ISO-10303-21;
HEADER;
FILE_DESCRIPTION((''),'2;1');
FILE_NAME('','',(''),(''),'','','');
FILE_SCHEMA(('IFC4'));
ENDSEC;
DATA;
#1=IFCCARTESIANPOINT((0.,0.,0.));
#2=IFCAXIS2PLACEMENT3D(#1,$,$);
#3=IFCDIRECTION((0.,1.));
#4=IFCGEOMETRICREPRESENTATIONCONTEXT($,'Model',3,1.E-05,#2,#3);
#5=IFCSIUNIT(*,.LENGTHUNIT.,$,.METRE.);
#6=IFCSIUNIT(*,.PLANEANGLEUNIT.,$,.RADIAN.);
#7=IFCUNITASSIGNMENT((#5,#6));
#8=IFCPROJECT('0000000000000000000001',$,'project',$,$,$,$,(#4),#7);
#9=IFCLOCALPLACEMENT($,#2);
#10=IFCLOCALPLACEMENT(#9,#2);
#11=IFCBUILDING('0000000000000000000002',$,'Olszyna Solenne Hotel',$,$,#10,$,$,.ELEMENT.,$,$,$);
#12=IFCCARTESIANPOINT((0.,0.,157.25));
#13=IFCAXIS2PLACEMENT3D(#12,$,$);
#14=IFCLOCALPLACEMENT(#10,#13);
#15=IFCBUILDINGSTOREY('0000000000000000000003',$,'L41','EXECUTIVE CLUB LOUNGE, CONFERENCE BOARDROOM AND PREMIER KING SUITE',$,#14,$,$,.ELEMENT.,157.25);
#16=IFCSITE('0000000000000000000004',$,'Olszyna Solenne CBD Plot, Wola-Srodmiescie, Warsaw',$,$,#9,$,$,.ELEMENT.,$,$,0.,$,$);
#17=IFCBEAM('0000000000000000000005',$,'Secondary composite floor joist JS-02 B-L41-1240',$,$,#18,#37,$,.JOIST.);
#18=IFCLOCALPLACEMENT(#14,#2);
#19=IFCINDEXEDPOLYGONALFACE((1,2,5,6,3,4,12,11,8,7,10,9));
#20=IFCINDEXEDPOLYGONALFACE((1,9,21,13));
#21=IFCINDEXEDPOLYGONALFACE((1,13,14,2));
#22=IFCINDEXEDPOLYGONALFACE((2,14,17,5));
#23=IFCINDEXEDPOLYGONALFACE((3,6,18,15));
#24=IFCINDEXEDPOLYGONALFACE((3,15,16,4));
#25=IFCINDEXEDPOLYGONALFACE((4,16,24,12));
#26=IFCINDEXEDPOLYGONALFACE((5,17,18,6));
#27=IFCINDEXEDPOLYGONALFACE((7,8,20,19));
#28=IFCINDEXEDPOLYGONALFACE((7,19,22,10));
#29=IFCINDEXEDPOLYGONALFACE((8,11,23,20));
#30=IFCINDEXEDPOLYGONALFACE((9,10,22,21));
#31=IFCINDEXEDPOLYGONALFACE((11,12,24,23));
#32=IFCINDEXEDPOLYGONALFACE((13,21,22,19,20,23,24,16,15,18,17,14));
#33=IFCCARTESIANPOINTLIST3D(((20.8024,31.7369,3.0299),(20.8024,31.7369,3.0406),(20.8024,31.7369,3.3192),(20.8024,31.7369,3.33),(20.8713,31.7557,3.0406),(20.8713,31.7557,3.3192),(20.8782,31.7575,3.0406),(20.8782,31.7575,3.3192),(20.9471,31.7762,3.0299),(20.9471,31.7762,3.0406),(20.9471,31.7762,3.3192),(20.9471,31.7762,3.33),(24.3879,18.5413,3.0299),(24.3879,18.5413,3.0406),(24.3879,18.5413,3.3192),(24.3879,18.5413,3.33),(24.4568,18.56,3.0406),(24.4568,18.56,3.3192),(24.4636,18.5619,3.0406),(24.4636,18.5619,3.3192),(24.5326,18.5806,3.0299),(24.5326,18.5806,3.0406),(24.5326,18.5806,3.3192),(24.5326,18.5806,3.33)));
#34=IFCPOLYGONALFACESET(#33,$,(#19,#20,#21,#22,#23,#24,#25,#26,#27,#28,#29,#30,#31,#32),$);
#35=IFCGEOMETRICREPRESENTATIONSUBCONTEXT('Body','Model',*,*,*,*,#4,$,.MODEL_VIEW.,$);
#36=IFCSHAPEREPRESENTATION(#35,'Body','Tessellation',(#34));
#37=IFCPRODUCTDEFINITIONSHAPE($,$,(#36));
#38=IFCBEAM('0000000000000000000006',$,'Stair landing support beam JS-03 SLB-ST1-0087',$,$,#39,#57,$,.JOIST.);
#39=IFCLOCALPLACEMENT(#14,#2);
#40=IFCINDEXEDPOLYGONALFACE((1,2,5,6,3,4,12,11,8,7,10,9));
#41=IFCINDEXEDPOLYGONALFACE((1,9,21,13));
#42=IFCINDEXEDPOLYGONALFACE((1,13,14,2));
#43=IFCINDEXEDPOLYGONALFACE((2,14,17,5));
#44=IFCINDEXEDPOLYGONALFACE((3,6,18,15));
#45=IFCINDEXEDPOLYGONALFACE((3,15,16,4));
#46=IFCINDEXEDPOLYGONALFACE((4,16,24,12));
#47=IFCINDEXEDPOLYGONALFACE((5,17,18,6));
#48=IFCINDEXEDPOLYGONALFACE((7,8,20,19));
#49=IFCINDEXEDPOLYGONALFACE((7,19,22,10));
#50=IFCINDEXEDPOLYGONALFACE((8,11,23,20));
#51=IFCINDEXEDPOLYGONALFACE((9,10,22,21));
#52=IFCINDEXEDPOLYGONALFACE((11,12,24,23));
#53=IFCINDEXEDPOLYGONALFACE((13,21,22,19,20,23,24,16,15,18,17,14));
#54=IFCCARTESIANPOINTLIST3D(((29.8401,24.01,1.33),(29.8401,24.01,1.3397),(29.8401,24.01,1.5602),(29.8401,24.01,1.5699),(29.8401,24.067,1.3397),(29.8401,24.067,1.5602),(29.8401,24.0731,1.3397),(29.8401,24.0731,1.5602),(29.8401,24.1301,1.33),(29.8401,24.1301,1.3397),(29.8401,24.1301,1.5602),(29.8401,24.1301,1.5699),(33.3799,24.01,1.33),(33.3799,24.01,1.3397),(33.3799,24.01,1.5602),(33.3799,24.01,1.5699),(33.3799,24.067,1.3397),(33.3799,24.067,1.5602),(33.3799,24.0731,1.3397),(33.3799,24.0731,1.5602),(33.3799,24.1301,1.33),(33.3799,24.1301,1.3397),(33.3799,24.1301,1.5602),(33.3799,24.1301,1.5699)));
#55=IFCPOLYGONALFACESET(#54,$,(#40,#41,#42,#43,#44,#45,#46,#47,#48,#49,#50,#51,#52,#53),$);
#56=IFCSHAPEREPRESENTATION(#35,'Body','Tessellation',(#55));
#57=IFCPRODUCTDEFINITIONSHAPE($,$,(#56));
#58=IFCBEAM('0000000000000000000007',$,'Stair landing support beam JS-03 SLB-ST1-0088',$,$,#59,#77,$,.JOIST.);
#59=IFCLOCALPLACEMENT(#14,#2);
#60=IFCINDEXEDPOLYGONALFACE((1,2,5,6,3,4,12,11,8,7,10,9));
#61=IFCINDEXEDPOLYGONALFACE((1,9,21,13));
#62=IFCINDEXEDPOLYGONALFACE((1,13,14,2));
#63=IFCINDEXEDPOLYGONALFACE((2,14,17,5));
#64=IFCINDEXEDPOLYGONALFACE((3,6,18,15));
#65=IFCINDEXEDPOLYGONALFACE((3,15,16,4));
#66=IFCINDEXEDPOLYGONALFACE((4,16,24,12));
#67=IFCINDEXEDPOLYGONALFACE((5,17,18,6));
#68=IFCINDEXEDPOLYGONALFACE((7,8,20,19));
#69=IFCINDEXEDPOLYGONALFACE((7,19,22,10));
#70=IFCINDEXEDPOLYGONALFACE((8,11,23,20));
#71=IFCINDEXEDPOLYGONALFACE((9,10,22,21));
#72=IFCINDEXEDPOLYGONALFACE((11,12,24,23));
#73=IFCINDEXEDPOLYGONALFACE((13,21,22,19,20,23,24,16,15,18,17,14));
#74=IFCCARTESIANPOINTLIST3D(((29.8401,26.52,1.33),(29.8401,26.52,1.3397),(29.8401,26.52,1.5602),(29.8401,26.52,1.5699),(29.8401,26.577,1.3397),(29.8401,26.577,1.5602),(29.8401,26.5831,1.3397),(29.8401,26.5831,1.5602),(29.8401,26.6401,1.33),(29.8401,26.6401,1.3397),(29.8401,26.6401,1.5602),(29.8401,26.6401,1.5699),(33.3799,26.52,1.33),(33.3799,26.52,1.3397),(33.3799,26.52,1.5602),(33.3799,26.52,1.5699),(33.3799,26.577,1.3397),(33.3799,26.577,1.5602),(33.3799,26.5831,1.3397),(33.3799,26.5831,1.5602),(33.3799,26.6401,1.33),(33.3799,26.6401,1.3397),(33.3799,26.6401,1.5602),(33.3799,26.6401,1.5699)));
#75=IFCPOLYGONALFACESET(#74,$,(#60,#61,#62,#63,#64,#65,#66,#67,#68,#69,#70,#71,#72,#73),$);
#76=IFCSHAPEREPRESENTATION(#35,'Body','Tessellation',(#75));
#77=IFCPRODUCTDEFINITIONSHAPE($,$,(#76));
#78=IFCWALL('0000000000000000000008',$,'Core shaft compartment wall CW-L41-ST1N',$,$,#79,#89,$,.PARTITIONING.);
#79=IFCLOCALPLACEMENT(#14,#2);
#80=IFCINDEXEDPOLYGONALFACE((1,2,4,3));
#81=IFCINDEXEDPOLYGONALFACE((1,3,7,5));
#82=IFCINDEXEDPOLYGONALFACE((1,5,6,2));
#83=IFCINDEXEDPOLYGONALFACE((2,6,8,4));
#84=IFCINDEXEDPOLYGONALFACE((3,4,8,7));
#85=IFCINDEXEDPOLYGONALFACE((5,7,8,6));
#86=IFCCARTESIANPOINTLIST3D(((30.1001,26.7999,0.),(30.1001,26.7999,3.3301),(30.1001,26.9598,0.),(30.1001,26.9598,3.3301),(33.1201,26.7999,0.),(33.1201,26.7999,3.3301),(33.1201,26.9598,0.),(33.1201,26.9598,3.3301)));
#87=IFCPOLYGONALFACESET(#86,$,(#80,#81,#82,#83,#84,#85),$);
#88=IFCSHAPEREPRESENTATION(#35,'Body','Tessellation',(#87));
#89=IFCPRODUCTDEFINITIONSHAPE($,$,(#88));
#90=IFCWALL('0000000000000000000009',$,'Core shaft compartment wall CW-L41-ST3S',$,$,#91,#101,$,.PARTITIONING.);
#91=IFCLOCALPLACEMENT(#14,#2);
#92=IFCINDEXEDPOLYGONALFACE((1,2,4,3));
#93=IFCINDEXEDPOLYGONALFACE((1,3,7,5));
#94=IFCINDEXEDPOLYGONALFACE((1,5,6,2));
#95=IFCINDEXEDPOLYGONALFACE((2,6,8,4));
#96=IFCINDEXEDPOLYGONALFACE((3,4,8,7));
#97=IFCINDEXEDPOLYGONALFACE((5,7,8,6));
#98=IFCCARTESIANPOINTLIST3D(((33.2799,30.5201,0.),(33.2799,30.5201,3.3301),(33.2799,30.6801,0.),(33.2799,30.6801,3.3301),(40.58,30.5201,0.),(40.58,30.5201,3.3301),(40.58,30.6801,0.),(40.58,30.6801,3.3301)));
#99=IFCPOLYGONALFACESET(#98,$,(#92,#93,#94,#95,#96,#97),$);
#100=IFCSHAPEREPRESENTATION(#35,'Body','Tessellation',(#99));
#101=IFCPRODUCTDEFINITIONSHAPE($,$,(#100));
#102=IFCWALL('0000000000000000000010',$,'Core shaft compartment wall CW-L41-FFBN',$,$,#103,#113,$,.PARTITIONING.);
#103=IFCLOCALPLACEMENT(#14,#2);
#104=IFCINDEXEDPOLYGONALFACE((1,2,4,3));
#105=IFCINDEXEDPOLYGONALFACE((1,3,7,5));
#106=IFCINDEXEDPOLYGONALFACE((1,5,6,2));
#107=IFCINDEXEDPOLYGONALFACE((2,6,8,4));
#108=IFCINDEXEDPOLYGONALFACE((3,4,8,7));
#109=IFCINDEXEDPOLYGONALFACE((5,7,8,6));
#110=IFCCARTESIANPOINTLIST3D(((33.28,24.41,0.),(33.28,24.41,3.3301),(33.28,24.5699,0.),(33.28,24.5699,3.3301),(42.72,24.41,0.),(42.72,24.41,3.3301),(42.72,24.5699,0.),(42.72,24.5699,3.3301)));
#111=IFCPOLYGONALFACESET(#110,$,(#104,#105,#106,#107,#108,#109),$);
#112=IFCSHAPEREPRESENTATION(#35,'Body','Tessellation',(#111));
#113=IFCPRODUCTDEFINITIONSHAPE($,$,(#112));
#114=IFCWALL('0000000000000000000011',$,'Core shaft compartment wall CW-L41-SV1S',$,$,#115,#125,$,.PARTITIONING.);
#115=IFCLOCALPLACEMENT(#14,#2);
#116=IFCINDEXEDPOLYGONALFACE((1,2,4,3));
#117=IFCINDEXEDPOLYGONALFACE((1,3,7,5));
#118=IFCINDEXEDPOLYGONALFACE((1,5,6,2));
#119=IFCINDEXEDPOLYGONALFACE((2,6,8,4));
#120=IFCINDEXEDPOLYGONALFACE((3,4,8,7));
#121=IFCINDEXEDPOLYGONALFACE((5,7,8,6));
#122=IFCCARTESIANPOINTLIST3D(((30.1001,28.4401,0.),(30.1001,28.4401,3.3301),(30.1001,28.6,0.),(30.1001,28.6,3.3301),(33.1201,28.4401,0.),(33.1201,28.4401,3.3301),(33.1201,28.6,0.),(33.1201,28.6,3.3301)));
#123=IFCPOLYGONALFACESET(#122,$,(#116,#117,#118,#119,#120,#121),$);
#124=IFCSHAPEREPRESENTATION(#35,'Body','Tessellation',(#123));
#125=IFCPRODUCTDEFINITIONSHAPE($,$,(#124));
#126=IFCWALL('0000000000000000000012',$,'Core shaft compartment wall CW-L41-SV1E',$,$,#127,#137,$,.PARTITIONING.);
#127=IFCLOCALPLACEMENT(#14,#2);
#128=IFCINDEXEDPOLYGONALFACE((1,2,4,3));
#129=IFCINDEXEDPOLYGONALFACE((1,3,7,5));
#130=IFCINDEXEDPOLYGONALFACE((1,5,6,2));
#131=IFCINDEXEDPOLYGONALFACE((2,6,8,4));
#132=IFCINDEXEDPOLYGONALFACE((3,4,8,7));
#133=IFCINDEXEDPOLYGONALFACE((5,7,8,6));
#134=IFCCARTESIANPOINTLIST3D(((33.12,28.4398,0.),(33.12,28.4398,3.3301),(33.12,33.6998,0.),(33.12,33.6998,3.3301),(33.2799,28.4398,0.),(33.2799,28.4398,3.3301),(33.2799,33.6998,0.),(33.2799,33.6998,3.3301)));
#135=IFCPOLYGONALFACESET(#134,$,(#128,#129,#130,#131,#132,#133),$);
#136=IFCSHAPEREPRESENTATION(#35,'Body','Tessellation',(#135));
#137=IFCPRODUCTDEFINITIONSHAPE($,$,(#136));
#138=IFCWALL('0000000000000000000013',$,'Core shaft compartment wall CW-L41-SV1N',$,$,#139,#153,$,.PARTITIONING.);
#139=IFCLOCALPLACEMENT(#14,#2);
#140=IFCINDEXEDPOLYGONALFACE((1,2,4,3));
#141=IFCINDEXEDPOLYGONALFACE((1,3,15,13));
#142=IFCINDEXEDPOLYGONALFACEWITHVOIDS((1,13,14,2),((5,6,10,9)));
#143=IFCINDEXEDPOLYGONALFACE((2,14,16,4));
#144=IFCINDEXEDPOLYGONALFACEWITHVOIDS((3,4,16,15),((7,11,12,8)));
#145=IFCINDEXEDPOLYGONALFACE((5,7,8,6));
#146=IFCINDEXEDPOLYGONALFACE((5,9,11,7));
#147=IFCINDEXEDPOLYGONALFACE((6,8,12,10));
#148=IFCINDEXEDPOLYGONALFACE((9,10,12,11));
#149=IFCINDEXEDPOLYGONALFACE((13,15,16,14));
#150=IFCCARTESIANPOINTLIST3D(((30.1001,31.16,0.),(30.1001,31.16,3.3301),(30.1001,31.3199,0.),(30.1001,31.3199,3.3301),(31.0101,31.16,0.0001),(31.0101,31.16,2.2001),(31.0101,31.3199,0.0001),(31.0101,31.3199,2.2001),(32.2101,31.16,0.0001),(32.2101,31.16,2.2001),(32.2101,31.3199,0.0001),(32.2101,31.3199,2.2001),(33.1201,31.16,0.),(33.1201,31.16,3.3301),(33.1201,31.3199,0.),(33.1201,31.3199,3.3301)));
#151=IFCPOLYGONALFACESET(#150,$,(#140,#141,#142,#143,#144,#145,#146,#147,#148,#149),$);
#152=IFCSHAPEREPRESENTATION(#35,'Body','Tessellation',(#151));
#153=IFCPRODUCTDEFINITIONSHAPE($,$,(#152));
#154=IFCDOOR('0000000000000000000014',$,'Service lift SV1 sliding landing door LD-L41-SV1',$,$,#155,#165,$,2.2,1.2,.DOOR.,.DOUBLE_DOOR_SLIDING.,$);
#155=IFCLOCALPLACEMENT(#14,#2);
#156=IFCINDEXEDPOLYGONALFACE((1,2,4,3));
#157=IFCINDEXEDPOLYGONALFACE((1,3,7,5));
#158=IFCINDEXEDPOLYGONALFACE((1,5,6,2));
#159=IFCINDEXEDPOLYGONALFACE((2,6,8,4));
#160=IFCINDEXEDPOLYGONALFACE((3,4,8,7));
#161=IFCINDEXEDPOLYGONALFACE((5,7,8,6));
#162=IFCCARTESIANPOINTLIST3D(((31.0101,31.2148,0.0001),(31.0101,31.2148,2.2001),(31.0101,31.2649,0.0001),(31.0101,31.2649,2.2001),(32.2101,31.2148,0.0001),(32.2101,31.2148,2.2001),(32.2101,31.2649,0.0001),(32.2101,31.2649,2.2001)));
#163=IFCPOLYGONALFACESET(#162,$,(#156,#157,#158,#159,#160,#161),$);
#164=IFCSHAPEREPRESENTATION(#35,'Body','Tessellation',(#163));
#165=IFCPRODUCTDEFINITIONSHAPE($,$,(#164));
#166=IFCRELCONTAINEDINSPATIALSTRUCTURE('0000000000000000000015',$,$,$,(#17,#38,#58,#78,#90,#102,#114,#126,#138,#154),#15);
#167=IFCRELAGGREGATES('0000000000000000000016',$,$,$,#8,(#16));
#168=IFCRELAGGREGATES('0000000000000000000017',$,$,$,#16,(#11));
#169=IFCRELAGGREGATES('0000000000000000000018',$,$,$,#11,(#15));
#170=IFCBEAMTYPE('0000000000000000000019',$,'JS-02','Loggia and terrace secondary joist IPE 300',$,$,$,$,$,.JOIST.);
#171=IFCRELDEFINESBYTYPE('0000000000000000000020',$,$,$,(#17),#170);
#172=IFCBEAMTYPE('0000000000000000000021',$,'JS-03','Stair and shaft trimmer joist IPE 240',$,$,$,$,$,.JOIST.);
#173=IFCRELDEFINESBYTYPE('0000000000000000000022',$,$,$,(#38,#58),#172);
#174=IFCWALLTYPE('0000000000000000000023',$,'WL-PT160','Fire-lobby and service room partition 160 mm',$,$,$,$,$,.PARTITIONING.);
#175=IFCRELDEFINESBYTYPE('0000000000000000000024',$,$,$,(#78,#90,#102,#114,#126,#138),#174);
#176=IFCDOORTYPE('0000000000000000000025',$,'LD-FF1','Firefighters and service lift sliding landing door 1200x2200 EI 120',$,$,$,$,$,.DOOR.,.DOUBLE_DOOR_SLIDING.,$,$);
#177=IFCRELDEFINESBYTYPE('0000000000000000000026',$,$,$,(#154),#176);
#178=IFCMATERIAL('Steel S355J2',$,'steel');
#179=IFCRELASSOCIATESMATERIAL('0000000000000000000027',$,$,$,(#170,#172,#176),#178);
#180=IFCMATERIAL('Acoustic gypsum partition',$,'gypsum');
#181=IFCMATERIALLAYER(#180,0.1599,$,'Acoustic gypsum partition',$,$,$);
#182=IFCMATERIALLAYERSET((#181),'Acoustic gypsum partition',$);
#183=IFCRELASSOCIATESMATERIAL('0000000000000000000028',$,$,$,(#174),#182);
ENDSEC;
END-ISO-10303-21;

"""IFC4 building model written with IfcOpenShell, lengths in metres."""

from ifc_helpers import new_model, si_unit, direction, frame, frame_2d, origin, origin_2d, place, context, subcontext, project, spatial, rectangle, i_section, extrude, source, transform, mapped, material, layer, layer_set, material_profile, profile_set, type_object, type_shapes, element, fill, save


model = new_model("IFC4")

# Units and contexts
model_context = context("Model", 3, precision=1e-05, world=origin(), true_north=direction((0.0, 1.0)))
body_context = subcontext(model_context, "Body", "Model", "MODEL_VIEW")
ifc_project = project(units=[si_unit("LENGTHUNIT", "METRE"), si_unit("PLANEANGLEUNIT", "RADIAN")], contexts=[model_context])

# Site, building, storey
site_placement = place(None, origin())
site = spatial("IfcSite", under=ifc_project, at=site_placement, Name="Olszyna Solenne CBD Plot, Wola-Srodmiescie, Warsaw", CompositionType="ELEMENT", RefElevation=0.0)
building_placement = place(site_placement, origin())
building = spatial("IfcBuilding", under=site, at=building_placement, Name="Olszyna Solenne Hotel", CompositionType="ELEMENT")
storey_placement = place(building_placement, frame((0.0, 0.0, 157.25)))
storey = spatial("IfcBuildingStorey", under=building, at=storey_placement, Name="L41", Description="EXECUTIVE CLUB LOUNGE, CONFERENCE BOARDROOM AND PREMIER KING SUITE", CompositionType="ELEMENT", Elevation=157.25)

# Beams
ifc_material_1 = material(Name="Steel S355J2", Category="steel")
ifc_material_profile_1 = material_profile(ifc_material_1, i_section(OverallWidth=0.1499, OverallDepth=0.3, WebThickness=0.0071, FlangeThickness=0.0107, at=origin_2d()), Name="IPE 300", Category="load-bearing")
ifc_profile_set_1 = profile_set([ifc_material_profile_1], Name="Steel S355J2")
beam_type_1 = type_object("IfcBeamType", Name="JS-02", Description="Loggia and terrace secondary joist IPE 300", PredefinedType="JOIST", material=ifc_profile_set_1)
shared_shape_1 = source(origin(), body_context, "Body", "SweptSolid", [
    extrude(i_section(OverallWidth=0.1499, OverallDepth=0.3, WebThickness=0.0071, FlangeThickness=0.0107, at=origin_2d()), origin(), (0.0, 0.0, 1.0), 13.6741),
])
beam_placement = place(storey_placement, frame((20.8748, 31.7566, 3.1799), z_axis=(0.262209, -0.965011, 0.0), x_axis=(0.965011, 0.262209, 0.0)))
element("IfcBeam", 1, at=beam_placement, inside=storey, type_object=beam_type_1, Name="Secondary composite floor joist JS-02 B-L41-1240", PredefinedType="JOIST", context=body_context, shape_type="MappedRepresentation", body=[
    mapped(shared_shape_1, transform((0.0, 0.0, 0.0), x_axis=(1.0, 0.0, 0.0), y_axis=(0.0, 1.0, 0.0), z_axis=(0.0, 0.0, 1.0), scale=1.0)),
])
ifc_material_profile_2 = material_profile(ifc_material_1, i_section(OverallWidth=0.1201, OverallDepth=0.24, WebThickness=0.0061, FlangeThickness=0.0098, at=origin_2d()), Name="IPE 240", Category="load-bearing")
ifc_profile_set_2 = profile_set([ifc_material_profile_2], Name="Steel S355J2")
beam_type_2 = type_object("IfcBeamType", Name="JS-03", Description="Stair and shaft trimmer joist IPE 240", PredefinedType="JOIST", material=ifc_profile_set_2)
shared_shape_2 = source(origin(), body_context, "Body", "SweptSolid", [
    extrude(i_section(OverallWidth=0.1201, OverallDepth=0.24, WebThickness=0.0061, FlangeThickness=0.0098, at=origin_2d()), origin(), (0.0, 0.0, 1.0), 3.5398),
])
for number, where, z_axis, x_axis, name in (
    (2, (33.3799, 24.0701, 1.45), (-1.0, 0.0, 0.0), (0.0, -1.0, 0.0), "Stair landing support beam JS-03 SLB-ST1-0087"),
    (3, (33.3799, 26.5801, 1.45), (-1.0, 0.0, 0.0), (0.0, -1.0, 0.0), "Stair landing support beam JS-03 SLB-ST1-0088"),
):
    element("IfcBeam", number, at=place(storey_placement, frame(where, z_axis=z_axis, x_axis=x_axis)), inside=storey, type_object=beam_type_2, Name=name, PredefinedType="JOIST", context=body_context, shape_type="MappedRepresentation", body=[
        mapped(shared_shape_2, transform((0.0, 0.0, 0.0), x_axis=(1.0, 0.0, 0.0), y_axis=(0.0, 1.0, 0.0), z_axis=(0.0, 0.0, 1.0), scale=1.0)),
    ])

# Walls
ifc_material_2 = material(Name="Acoustic gypsum partition", Category="gypsum")
ifc_layer = layer(ifc_material_2, 0.1599, Name="Acoustic gypsum partition")
ifc_layer_set = layer_set([ifc_layer], Name="Acoustic gypsum partition")
wall_type = type_object("IfcWallType", Name="WL-PT160", Description="Fire-lobby and service room partition 160 mm", PredefinedType="PARTITIONING", material=ifc_layer_set)
wall_1_placement = place(storey_placement, frame((30.1001, 26.8799, 0.0), z_axis=(0.0, 0.0, 1.0), x_axis=(1.0, 0.0, 0.0)))
element("IfcWall", 4, at=wall_1_placement, inside=storey, type_object=wall_type, Name="Core shaft compartment wall CW-L41-ST1N", PredefinedType="PARTITIONING", context=body_context, shape_type="SweptSolid", body=[
    extrude(rectangle(XDim=3.02, YDim=0.1599, at=frame_2d((1.51, 0.0))), origin(), (0.0, 0.0, 1.0), 3.3301),
])
wall_2_placement = place(storey_placement, frame((33.28, 30.6001, 0.0), z_axis=(0.0, 0.0, 1.0), x_axis=(1.0, 0.0, 0.0)))
element("IfcWall", 5, at=wall_2_placement, inside=storey, type_object=wall_type, Name="Core shaft compartment wall CW-L41-ST3S", PredefinedType="PARTITIONING", context=body_context, shape_type="SweptSolid", body=[
    extrude(rectangle(XDim=7.3, YDim=0.1599, at=frame_2d((3.6499, 0.0))), origin(), (0.0, 0.0, 1.0), 3.3301),
])
wall_3_placement = place(storey_placement, frame((33.28, 24.49, 0.0), z_axis=(0.0, 0.0, 1.0), x_axis=(1.0, 0.0, 0.0)))
element("IfcWall", 6, at=wall_3_placement, inside=storey, type_object=wall_type, Name="Core shaft compartment wall CW-L41-FFBN", PredefinedType="PARTITIONING", context=body_context, shape_type="SweptSolid", body=[
    extrude(rectangle(XDim=9.4399, YDim=0.1599, at=frame_2d((4.72, 0.0))), origin(), (0.0, 0.0, 1.0), 3.3301),
])
wall_4_placement = place(storey_placement, frame((30.1001, 28.52, 0.0), z_axis=(0.0, 0.0, 1.0), x_axis=(1.0, 0.0, 0.0)))
element("IfcWall", 7, at=wall_4_placement, inside=storey, type_object=wall_type, Name="Core shaft compartment wall CW-L41-SV1S", PredefinedType="PARTITIONING", context=body_context, shape_type="SweptSolid", body=[
    extrude(rectangle(XDim=3.02, YDim=0.1599, at=frame_2d((1.51, 0.0))), origin(), (0.0, 0.0, 1.0), 3.3301),
])
wall_5_placement = place(storey_placement, frame((33.2, 28.4399, 0.0), z_axis=(0.0, 0.0, 1.0), x_axis=(0.0, 1.0, 0.0)))
element("IfcWall", 8, at=wall_5_placement, inside=storey, type_object=wall_type, Name="Core shaft compartment wall CW-L41-SV1E", PredefinedType="PARTITIONING", context=body_context, shape_type="SweptSolid", body=[
    extrude(rectangle(XDim=5.26, YDim=0.1599, at=frame_2d((2.6299, 0.0))), origin(), (0.0, 0.0, 1.0), 3.3301),
])

# Wall, opening, door
wall_6_placement = place(storey_placement, frame((30.1001, 31.24, 0.0), z_axis=(0.0, 0.0, 1.0), x_axis=(1.0, 0.0, 0.0)))
wall_6 = element("IfcWall", 9, at=wall_6_placement, inside=storey, type_object=wall_type, Name="Core shaft compartment wall CW-L41-SV1N", PredefinedType="PARTITIONING", context=body_context, shape_type="SweptSolid", body=[
    extrude(rectangle(XDim=3.02, YDim=0.1599, at=frame_2d((1.51, 0.0))), origin(), (0.0, 0.0, 1.0), 3.3301),
])
opening_1_placement = place(wall_6_placement, frame((0.9099, 0.0, 0.0)))
opening_1 = element("IfcOpeningElement", 10, at=opening_1_placement, cuts=wall_6, PredefinedType="OPENING", context=body_context, shape_type="SweptSolid", body=[
    extrude(rectangle(XDim=1.2, YDim=2.2, at=frame_2d((0.6001, 1.1001))), frame((0.0, 0.0898, 0.0), z_axis=(0.0, -1.0, 0.0), x_axis=(1.0, 0.0, 0.0)), (0.0, 0.0, 1.0), 0.1799),
])
door_type_1 = type_object("IfcDoorType", Name="LD-FF1", Description="Firefighters and service lift sliding landing door 1200x2200 EI 120", OperationType="DOUBLE_DOOR_SLIDING", PredefinedType="DOOR", material=ifc_material_1)
shared_shape_3 = source(origin(), body_context, "Body", "SweptSolid", [
    extrude(rectangle(XDim=1.2, YDim=2.2, at=frame_2d((0.6001, 1.1001))), frame((0.0, 0.0249, 0.0), z_axis=(0.0, -1.0, 0.0), x_axis=(1.0, 0.0, 0.0)), (0.0, 0.0, 1.0), 0.05),
])
type_shapes(door_type_1, [shared_shape_3])
door_1_placement = place(opening_1_placement, origin())
door_1 = element("IfcDoor", 11, at=door_1_placement, inside=storey, type_object=door_type_1, Name="Service lift SV1 sliding landing door LD-L41-SV1", OperationType="DOUBLE_DOOR_SLIDING", OverallHeight=2.2, OverallWidth=1.2, PredefinedType="DOOR", context=body_context, shape_type="MappedRepresentation", body=[
    mapped(shared_shape_3, transform((0.0, 0.0, 0.0), x_axis=(1.0, 0.0, 0.0), y_axis=(0.0, 1.0, 0.0), z_axis=(0.0, 0.0, 1.0), scale=1.0)),
])
fill(opening_1, door_1)

save(model, "model.ifc")
